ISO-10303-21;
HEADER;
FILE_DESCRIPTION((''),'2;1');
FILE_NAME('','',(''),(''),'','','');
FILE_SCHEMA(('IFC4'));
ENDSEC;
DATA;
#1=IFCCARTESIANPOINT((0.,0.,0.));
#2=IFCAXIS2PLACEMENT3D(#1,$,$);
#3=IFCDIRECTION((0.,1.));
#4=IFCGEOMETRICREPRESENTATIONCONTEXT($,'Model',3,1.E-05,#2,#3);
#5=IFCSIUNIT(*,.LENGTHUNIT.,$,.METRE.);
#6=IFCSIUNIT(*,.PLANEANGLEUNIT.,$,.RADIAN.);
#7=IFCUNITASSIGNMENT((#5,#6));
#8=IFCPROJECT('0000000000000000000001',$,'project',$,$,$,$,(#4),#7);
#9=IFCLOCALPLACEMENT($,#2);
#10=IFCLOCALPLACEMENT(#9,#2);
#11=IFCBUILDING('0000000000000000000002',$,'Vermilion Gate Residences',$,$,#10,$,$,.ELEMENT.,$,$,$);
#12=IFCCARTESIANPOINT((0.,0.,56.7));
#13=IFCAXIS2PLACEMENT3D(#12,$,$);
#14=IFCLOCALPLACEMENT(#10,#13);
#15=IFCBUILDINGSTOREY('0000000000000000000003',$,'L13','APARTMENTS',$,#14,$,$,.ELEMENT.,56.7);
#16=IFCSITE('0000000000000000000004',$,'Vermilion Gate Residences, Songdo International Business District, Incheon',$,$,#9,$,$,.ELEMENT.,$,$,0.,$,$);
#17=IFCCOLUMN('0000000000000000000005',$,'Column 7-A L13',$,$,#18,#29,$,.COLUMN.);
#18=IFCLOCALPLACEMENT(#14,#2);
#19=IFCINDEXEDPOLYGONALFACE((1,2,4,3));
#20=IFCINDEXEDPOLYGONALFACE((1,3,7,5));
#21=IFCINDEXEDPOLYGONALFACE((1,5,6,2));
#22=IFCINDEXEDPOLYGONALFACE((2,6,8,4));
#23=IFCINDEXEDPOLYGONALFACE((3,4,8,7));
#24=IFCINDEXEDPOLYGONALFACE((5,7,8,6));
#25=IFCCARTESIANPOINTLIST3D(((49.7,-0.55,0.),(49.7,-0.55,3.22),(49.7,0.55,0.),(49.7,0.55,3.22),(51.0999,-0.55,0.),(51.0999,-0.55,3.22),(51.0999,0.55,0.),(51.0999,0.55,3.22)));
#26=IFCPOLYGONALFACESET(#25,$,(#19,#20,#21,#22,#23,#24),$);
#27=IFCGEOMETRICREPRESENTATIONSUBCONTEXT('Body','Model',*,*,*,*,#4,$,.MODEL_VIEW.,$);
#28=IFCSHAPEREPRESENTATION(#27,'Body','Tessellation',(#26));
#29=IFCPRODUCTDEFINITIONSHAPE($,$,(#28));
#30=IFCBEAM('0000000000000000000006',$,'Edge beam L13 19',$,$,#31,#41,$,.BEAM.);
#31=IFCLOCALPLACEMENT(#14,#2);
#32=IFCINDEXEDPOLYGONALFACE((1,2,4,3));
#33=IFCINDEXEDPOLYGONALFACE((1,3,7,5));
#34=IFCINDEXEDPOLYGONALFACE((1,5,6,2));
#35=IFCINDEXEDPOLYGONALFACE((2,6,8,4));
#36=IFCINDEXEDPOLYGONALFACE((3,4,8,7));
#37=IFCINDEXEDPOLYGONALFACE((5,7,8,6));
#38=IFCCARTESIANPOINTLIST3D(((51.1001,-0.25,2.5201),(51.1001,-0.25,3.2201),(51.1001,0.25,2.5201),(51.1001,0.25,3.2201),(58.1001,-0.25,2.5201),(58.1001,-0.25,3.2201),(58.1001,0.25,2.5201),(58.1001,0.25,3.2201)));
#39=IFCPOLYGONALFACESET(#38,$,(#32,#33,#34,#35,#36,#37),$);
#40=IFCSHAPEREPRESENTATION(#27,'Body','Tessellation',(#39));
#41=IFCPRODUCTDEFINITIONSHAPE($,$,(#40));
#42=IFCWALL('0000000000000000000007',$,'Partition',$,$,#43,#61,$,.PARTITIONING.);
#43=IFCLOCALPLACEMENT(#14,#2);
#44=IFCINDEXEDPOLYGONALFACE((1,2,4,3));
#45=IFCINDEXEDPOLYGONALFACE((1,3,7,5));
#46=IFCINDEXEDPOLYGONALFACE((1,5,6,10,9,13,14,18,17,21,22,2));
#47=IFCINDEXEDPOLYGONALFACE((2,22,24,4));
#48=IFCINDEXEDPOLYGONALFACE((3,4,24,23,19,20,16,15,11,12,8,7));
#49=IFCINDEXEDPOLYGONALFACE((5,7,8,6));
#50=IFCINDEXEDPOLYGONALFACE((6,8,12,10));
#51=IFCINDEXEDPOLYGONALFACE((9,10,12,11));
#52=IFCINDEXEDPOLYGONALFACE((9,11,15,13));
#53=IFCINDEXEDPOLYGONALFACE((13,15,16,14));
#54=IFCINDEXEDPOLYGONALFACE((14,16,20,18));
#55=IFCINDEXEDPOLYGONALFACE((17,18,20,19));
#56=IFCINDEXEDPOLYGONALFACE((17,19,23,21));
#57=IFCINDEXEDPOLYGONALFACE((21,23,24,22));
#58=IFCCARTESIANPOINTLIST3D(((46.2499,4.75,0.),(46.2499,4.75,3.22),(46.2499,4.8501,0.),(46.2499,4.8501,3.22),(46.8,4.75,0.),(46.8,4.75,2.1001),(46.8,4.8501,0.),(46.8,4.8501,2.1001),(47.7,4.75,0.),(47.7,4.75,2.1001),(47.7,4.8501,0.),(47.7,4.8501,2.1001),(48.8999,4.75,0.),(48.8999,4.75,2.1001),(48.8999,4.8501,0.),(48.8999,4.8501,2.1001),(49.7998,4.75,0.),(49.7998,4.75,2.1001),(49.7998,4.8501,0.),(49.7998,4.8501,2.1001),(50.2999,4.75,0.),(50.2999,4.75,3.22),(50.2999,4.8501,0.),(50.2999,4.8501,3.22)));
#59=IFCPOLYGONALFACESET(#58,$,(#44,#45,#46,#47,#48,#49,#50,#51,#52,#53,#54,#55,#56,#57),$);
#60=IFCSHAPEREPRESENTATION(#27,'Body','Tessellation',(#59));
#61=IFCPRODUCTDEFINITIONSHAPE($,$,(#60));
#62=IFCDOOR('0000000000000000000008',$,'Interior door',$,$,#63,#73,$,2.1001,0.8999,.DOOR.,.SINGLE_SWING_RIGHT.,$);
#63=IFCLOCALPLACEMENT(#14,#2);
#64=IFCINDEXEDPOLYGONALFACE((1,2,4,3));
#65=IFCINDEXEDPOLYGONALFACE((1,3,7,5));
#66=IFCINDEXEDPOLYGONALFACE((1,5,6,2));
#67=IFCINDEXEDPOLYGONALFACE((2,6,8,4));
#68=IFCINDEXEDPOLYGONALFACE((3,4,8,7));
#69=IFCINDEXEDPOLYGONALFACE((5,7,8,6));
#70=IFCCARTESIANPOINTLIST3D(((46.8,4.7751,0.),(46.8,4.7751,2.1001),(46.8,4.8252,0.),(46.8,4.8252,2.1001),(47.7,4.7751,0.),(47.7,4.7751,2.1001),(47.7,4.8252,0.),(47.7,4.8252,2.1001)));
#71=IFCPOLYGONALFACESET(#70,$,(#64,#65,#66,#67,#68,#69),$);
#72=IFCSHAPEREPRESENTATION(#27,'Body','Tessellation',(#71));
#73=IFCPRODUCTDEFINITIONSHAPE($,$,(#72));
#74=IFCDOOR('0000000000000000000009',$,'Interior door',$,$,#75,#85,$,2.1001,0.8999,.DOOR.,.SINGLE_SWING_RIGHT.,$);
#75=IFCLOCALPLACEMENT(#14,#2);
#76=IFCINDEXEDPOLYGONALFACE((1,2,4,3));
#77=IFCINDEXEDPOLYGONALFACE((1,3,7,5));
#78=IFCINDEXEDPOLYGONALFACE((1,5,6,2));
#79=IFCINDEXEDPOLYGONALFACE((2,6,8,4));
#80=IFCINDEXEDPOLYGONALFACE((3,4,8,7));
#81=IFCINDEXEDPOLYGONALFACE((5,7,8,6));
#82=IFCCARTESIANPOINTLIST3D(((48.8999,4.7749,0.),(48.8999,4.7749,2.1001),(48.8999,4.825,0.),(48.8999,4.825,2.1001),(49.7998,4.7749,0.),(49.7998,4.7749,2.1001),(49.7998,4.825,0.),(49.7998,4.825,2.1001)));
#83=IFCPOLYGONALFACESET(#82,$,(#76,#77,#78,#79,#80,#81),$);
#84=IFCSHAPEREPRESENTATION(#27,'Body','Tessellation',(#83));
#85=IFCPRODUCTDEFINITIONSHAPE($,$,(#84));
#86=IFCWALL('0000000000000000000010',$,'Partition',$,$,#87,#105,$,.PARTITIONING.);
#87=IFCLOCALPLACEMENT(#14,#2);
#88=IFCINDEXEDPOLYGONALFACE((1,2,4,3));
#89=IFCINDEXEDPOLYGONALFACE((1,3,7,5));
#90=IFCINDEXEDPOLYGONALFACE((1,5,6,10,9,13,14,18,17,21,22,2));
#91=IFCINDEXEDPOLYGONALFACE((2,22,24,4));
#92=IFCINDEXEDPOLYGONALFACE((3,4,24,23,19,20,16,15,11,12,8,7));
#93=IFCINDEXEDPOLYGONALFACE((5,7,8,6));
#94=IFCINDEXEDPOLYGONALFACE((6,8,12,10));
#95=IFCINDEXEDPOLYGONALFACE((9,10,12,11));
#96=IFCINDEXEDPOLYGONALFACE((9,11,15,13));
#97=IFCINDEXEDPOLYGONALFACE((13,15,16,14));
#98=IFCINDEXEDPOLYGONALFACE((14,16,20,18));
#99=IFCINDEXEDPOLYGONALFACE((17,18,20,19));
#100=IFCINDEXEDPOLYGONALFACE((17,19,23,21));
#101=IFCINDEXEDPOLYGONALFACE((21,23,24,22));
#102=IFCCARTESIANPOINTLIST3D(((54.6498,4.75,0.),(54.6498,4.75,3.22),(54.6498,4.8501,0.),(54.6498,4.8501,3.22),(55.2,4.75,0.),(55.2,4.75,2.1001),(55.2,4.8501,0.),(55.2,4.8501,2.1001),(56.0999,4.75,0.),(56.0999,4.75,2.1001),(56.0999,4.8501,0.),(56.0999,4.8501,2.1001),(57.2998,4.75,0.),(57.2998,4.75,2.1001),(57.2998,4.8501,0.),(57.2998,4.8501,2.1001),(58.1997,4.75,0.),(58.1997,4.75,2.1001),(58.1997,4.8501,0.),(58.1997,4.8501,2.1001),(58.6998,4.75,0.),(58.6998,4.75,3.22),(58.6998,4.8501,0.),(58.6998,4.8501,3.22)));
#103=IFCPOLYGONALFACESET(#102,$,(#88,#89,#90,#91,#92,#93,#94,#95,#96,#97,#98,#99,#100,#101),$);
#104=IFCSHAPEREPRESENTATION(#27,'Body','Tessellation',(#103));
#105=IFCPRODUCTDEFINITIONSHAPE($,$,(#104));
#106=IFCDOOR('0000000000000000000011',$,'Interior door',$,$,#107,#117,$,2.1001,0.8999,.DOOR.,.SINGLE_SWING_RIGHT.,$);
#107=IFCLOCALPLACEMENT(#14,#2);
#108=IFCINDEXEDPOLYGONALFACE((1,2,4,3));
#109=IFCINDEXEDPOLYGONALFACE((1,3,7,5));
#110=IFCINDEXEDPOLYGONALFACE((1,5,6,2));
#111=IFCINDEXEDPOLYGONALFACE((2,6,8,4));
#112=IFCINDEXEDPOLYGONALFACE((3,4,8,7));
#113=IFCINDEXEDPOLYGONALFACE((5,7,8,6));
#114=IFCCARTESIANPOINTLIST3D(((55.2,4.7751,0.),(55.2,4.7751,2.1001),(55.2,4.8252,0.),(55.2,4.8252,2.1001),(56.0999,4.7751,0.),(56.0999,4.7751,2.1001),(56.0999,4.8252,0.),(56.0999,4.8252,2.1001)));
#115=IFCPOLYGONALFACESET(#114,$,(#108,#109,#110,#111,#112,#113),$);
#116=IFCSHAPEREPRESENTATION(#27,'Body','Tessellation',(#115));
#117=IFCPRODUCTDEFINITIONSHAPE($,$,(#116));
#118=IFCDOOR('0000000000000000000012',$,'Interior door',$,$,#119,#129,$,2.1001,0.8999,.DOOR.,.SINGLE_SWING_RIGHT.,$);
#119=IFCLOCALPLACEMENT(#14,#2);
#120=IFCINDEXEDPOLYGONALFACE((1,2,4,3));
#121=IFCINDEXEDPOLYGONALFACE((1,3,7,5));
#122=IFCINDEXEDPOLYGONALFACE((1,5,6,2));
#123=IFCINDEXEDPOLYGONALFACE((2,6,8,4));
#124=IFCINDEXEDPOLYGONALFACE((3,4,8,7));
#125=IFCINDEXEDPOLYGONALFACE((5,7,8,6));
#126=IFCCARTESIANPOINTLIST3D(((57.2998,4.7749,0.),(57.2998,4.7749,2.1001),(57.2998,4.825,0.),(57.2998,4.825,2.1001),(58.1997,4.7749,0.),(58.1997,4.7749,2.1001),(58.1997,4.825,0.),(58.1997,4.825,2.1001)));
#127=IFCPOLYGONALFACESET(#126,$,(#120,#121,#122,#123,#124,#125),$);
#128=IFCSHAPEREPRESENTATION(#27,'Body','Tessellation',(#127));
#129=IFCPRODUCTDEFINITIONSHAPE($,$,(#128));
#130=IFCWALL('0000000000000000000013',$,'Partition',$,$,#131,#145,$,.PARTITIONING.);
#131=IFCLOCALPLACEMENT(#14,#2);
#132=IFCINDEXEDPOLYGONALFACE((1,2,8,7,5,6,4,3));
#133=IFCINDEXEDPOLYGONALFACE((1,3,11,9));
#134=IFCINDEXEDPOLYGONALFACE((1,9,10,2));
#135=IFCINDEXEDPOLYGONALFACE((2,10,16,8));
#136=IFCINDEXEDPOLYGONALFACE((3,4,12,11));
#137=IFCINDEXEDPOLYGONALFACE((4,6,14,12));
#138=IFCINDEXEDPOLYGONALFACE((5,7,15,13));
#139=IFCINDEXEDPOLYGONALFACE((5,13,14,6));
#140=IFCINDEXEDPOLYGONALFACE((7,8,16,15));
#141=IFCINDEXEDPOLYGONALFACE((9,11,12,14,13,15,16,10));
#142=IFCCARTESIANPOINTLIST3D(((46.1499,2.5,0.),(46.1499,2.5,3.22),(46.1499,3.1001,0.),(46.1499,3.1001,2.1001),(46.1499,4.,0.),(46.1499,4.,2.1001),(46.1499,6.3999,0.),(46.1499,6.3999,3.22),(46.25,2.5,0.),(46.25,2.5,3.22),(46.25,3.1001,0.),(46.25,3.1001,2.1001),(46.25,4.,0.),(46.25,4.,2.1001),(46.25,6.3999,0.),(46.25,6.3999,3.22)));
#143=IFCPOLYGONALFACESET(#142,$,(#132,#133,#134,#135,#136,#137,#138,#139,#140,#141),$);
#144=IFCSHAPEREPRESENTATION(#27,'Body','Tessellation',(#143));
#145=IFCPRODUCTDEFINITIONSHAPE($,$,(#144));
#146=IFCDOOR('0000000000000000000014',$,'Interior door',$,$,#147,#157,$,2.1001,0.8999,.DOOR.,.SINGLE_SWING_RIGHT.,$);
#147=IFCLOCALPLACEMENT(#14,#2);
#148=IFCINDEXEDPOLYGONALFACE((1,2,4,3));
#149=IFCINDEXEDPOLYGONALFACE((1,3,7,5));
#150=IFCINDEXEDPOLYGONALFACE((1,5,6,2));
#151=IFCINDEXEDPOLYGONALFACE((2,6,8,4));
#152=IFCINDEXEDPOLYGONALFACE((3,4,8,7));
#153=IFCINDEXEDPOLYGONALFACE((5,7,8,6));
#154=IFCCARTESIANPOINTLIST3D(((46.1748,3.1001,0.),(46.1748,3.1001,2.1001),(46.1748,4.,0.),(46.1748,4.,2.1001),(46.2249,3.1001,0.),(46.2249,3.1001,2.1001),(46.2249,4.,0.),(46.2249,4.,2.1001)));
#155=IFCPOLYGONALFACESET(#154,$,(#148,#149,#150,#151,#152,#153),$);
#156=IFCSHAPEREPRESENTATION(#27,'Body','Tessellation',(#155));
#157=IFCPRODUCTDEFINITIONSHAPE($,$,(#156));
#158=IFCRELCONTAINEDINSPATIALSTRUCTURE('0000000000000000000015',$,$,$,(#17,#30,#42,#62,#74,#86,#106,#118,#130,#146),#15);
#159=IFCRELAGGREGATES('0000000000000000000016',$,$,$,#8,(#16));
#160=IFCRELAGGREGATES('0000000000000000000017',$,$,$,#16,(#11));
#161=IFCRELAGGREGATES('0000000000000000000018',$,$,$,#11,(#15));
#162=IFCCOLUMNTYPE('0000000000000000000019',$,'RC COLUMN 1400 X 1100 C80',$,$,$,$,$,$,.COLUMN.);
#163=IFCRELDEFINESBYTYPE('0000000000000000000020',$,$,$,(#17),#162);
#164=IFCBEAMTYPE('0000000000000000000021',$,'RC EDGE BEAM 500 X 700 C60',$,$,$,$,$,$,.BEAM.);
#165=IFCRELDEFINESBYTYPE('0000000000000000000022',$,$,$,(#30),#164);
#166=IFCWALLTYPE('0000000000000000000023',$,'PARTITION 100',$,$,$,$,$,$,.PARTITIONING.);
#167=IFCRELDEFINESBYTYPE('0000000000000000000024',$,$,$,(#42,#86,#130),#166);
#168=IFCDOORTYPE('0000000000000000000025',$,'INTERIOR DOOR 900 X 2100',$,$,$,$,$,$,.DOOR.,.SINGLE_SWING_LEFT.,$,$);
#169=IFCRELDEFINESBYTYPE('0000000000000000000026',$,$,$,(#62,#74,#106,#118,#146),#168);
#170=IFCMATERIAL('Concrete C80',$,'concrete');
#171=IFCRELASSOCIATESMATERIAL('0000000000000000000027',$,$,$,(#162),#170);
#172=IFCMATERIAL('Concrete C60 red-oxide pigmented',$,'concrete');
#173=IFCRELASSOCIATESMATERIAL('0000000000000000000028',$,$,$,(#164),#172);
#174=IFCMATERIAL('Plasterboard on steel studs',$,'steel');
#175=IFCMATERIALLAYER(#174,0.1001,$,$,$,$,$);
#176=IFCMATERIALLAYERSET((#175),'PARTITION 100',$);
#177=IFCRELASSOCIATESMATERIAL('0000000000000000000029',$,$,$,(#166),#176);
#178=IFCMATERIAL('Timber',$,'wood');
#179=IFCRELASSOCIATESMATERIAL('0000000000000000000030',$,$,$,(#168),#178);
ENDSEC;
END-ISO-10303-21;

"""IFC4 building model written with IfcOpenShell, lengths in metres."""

from ifc_helpers import new_model, si_unit, direction, frame, frame_2d, origin, origin_2d, place, context, subcontext, project, spatial, rectangle, extrude, material, layer, layer_set, material_profile, profile_set, type_object, element, fill, save


model = new_model("IFC4")

# Units and contexts
model_context = context("Model", 3, precision=1e-05, world=origin(), true_north=direction((0.0, 1.0)))
body_context = subcontext(model_context, "Body", "Model", "MODEL_VIEW")
ifc_project = project(units=[si_unit("LENGTHUNIT", "METRE"), si_unit("PLANEANGLEUNIT", "RADIAN")], contexts=[model_context])

# Site, building, storey
site_placement = place(None, origin())
site = spatial("IfcSite", under=ifc_project, at=site_placement, Name="Vermilion Gate Residences, Songdo International Business District, Incheon", CompositionType="ELEMENT", RefElevation=0.0)
building_placement = place(site_placement, origin())
building = spatial("IfcBuilding", under=site, at=building_placement, Name="Vermilion Gate Residences", CompositionType="ELEMENT")
storey_placement = place(building_placement, frame((0.0, 0.0, 56.7)))
storey = spatial("IfcBuildingStorey", under=building, at=storey_placement, Name="L13", Description="APARTMENTS", CompositionType="ELEMENT", Elevation=56.7)

# Column
ifc_material_1 = material(Name="Concrete C80", Category="concrete")
ifc_material_profile_1 = material_profile(ifc_material_1, rectangle(XDim=1.3999, YDim=1.1001, at=origin_2d()), Name="RC-1400x1100")
ifc_profile_set_1 = profile_set([ifc_material_profile_1], Name="Concrete C80")
column_type = type_object("IfcColumnType", Name="RC COLUMN 1400 X 1100 C80", PredefinedType="COLUMN", material=ifc_profile_set_1)
column_placement = place(storey_placement, frame((50.3999, 0.0, 0.0), z_axis=(0.0, 0.0, 1.0), x_axis=(1.0, 0.0, 0.0)))
element("IfcColumn", 1, at=column_placement, inside=storey, type_object=column_type, Name="Column 7-A L13", PredefinedType="COLUMN", context=body_context, shape_type="SweptSolid", body=[
    extrude(rectangle(XDim=1.3999, YDim=1.1001, at=origin_2d()), origin(), (0.0, 0.0, 1.0), 3.22),
])

# Beam
ifc_material_2 = material(Name="Concrete C60 red-oxide pigmented", Category="concrete")
ifc_material_profile_2 = material_profile(ifc_material_2, rectangle(XDim=0.5, YDim=0.7, at=origin_2d()), Name="RC-500x700")
ifc_profile_set_2 = profile_set([ifc_material_profile_2], Name="Concrete C60 red-oxide pigmented")
beam_type = type_object("IfcBeamType", Name="RC EDGE BEAM 500 X 700 C60", PredefinedType="BEAM", material=ifc_profile_set_2)
beam_placement = place(storey_placement, frame((51.1001, 0.0, 2.8701), z_axis=(1.0, 0.0, 0.0), x_axis=(0.0, 1.0, 0.0)))
element("IfcBeam", 2, at=beam_placement, inside=storey, type_object=beam_type, Name="Edge beam L13 19", PredefinedType="BEAM", context=body_context, shape_type="SweptSolid", body=[
    extrude(rectangle(XDim=0.5, YDim=0.7, at=origin_2d()), origin(), (0.0, 0.0, 1.0), 7.0),
])

# Walls, openings, doors
ifc_material_3 = material(Name="Plasterboard on steel studs", Category="steel")
ifc_layer_1 = layer(ifc_material_3, 0.1001)
ifc_layer_set_1 = layer_set([ifc_layer_1], Name="PARTITION 100")
wall_type_1 = type_object("IfcWallType", Name="PARTITION 100", PredefinedType="PARTITIONING", material=ifc_layer_set_1)
wall_1_placement = place(storey_placement, frame((46.25, 4.8, 0.0), z_axis=(0.0, 0.0, 1.0), x_axis=(1.0, 0.0, 0.0)))
wall_1 = element("IfcWall", 3, at=wall_1_placement, inside=storey, type_object=wall_type_1, Name="Partition", PredefinedType="PARTITIONING", context=body_context, shape_type="SweptSolid", body=[
    extrude(rectangle(XDim=4.05, YDim=0.1001, at=frame_2d((2.0249, 0.0))), origin(), (0.0, 0.0, 1.0), 3.22),
])
opening_1_placement = place(wall_1_placement, frame((0.55, 0.0, 0.0)))
opening_1 = element("IfcOpeningElement", 4, at=opening_1_placement, cuts=wall_1, PredefinedType="OPENING", context=body_context, shape_type="SweptSolid", body=[
    extrude(rectangle(XDim=0.8999, YDim=2.1001, at=frame_2d((0.45, 1.05))), frame((0.0, 0.0601, 0.0), z_axis=(0.0, -1.0, 0.0), x_axis=(1.0, 0.0, 0.0)), (0.0, 0.0, 1.0), 0.1201),
])
opening_2_placement = place(wall_1_placement, frame((2.6499, 0.0, 0.0)))
opening_2 = element("IfcOpeningElement", 5, at=opening_2_placement, cuts=wall_1, PredefinedType="OPENING", context=body_context, shape_type="SweptSolid", body=[
    extrude(rectangle(XDim=0.8999, YDim=2.1001, at=frame_2d((0.45, 1.05))), frame((0.0, 0.0601, 0.0), z_axis=(0.0, -1.0, 0.0), x_axis=(1.0, 0.0, 0.0)), (0.0, 0.0, 1.0), 0.1201),
])
ifc_material_4 = material(Name="Timber", Category="wood")
door_type = type_object("IfcDoorType", Name="INTERIOR DOOR 900 X 2100", OperationType="SINGLE_SWING_LEFT", PredefinedType="DOOR", material=ifc_material_4)
door_1_placement = place(opening_1_placement, frame((0.8999, 0.0, 0.0), z_axis=(0.0, 0.0, 1.0), x_axis=(-1.0, 0.0, 0.0)))
door_1 = element("IfcDoor", 6, at=door_1_placement, inside=storey, type_object=door_type, Name="Interior door", OperationType="SINGLE_SWING_RIGHT", OverallHeight=2.1001, OverallWidth=0.8999, PredefinedType="DOOR", context=body_context, shape_type="SweptSolid", body=[
    extrude(rectangle(XDim=0.8999, YDim=2.1001, at=frame_2d((0.45, 1.05))), frame((0.0, 0.0249, 0.0), z_axis=(0.0, -1.0, 0.0), x_axis=(1.0, 0.0, 0.0)), (0.0, 0.0, 1.0), 0.05),
])
fill(opening_1, door_1)
door_2_placement = place(opening_2_placement, origin())
door_2 = element("IfcDoor", 7, at=door_2_placement, inside=storey, type_object=door_type, Name="Interior door", OperationType="SINGLE_SWING_RIGHT", OverallHeight=2.1001, OverallWidth=0.8999, PredefinedType="DOOR", context=body_context, shape_type="SweptSolid", body=[
    extrude(rectangle(XDim=0.8999, YDim=2.1001, at=frame_2d((0.45, 1.05))), frame((0.0, 0.0249, 0.0), z_axis=(0.0, -1.0, 0.0), x_axis=(1.0, 0.0, 0.0)), (0.0, 0.0, 1.0), 0.05),
])
fill(opening_2, door_2)
wall_2_placement = place(storey_placement, frame((54.6499, 4.8, 0.0), z_axis=(0.0, 0.0, 1.0), x_axis=(1.0, 0.0, 0.0)))
wall_2 = element("IfcWall", 8, at=wall_2_placement, inside=storey, type_object=wall_type_1, Name="Partition", PredefinedType="PARTITIONING", context=body_context, shape_type="SweptSolid", body=[
    extrude(rectangle(XDim=4.05, YDim=0.1001, at=frame_2d((2.0249, 0.0))), origin(), (0.0, 0.0, 1.0), 3.22),
])
opening_3_placement = place(wall_2_placement, frame((0.55, 0.0, 0.0)))
opening_3 = element("IfcOpeningElement", 9, at=opening_3_placement, cuts=wall_2, PredefinedType="OPENING", context=body_context, shape_type="SweptSolid", body=[
    extrude(rectangle(XDim=0.8999, YDim=2.1001, at=frame_2d((0.45, 1.05))), frame((0.0, 0.0601, 0.0), z_axis=(0.0, -1.0, 0.0), x_axis=(1.0, 0.0, 0.0)), (0.0, 0.0, 1.0), 0.1201),
])
opening_4_placement = place(wall_2_placement, frame((2.6499, 0.0, 0.0)))
opening_4 = element("IfcOpeningElement", 10, at=opening_4_placement, cuts=wall_2, PredefinedType="OPENING", context=body_context, shape_type="SweptSolid", body=[
    extrude(rectangle(XDim=0.8999, YDim=2.1001, at=frame_2d((0.45, 1.05))), frame((0.0, 0.0601, 0.0), z_axis=(0.0, -1.0, 0.0), x_axis=(1.0, 0.0, 0.0)), (0.0, 0.0, 1.0), 0.1201),
])
door_3_placement = place(opening_3_placement, frame((0.8999, 0.0, 0.0), z_axis=(0.0, 0.0, 1.0), x_axis=(-1.0, 0.0, 0.0)))
door_3 = element("IfcDoor", 11, at=door_3_placement, inside=storey, type_object=door_type, Name="Interior door", OperationType="SINGLE_SWING_RIGHT", OverallHeight=2.1001, OverallWidth=0.8999, PredefinedType="DOOR", context=body_context, shape_type="SweptSolid", body=[
    extrude(rectangle(XDim=0.8999, YDim=2.1001, at=frame_2d((0.45, 1.05))), frame((0.0, 0.0249, 0.0), z_axis=(0.0, -1.0, 0.0), x_axis=(1.0, 0.0, 0.0)), (0.0, 0.0, 1.0), 0.05),
])
fill(opening_3, door_3)
door_4_placement = place(opening_4_placement, origin())
door_4 = element("IfcDoor", 12, at=door_4_placement, inside=storey, type_object=door_type, Name="Interior door", OperationType="SINGLE_SWING_RIGHT", OverallHeight=2.1001, OverallWidth=0.8999, PredefinedType="DOOR", context=body_context, shape_type="SweptSolid", body=[
    extrude(rectangle(XDim=0.8999, YDim=2.1001, at=frame_2d((0.45, 1.05))), frame((0.0, 0.0249, 0.0), z_axis=(0.0, -1.0, 0.0), x_axis=(1.0, 0.0, 0.0)), (0.0, 0.0, 1.0), 0.05),
])
fill(opening_4, door_4)

# Wall, opening, door
wall_3_placement = place(storey_placement, frame((46.2, 2.5, 0.0), z_axis=(0.0, 0.0, 1.0), x_axis=(0.0, 1.0, 0.0)))
wall_3 = element("IfcWall", 13, at=wall_3_placement, inside=storey, type_object=wall_type_1, Name="Partition", PredefinedType="PARTITIONING", context=body_context, shape_type="SweptSolid", body=[
    extrude(rectangle(XDim=3.8999, YDim=0.1001, at=frame_2d((1.95, 0.0))), origin(), (0.0, 0.0, 1.0), 3.22),
])
opening_5_placement = place(wall_3_placement, frame((0.6001, 0.0, 0.0)))
opening_5 = element("IfcOpeningElement", 14, at=opening_5_placement, cuts=wall_3, PredefinedType="OPENING", context=body_context, shape_type="SweptSolid", body=[
    extrude(rectangle(XDim=0.8999, YDim=2.1001, at=frame_2d((0.45, 1.05))), frame((0.0, 0.0601, 0.0), z_axis=(0.0, -1.0, 0.0), x_axis=(1.0, 0.0, 0.0)), (0.0, 0.0, 1.0), 0.1201),
])
door_5_placement = place(opening_5_placement, frame((0.8999, 0.0, 0.0), z_axis=(0.0, 0.0, 1.0), x_axis=(-1.0, 0.0, 0.0)))
door_5 = element("IfcDoor", 15, at=door_5_placement, inside=storey, type_object=door_type, Name="Interior door", OperationType="SINGLE_SWING_RIGHT", OverallHeight=2.1001, OverallWidth=0.8999, PredefinedType="DOOR", context=body_context, shape_type="SweptSolid", body=[
    extrude(rectangle(XDim=0.8999, YDim=2.1001, at=frame_2d((0.45, 1.05))), frame((0.0, 0.0249, 0.0), z_axis=(0.0, -1.0, 0.0), x_axis=(1.0, 0.0, 0.0)), (0.0, 0.0, 1.0), 0.05),
])
fill(opening_5, door_5)

save(model, "model.ifc")
